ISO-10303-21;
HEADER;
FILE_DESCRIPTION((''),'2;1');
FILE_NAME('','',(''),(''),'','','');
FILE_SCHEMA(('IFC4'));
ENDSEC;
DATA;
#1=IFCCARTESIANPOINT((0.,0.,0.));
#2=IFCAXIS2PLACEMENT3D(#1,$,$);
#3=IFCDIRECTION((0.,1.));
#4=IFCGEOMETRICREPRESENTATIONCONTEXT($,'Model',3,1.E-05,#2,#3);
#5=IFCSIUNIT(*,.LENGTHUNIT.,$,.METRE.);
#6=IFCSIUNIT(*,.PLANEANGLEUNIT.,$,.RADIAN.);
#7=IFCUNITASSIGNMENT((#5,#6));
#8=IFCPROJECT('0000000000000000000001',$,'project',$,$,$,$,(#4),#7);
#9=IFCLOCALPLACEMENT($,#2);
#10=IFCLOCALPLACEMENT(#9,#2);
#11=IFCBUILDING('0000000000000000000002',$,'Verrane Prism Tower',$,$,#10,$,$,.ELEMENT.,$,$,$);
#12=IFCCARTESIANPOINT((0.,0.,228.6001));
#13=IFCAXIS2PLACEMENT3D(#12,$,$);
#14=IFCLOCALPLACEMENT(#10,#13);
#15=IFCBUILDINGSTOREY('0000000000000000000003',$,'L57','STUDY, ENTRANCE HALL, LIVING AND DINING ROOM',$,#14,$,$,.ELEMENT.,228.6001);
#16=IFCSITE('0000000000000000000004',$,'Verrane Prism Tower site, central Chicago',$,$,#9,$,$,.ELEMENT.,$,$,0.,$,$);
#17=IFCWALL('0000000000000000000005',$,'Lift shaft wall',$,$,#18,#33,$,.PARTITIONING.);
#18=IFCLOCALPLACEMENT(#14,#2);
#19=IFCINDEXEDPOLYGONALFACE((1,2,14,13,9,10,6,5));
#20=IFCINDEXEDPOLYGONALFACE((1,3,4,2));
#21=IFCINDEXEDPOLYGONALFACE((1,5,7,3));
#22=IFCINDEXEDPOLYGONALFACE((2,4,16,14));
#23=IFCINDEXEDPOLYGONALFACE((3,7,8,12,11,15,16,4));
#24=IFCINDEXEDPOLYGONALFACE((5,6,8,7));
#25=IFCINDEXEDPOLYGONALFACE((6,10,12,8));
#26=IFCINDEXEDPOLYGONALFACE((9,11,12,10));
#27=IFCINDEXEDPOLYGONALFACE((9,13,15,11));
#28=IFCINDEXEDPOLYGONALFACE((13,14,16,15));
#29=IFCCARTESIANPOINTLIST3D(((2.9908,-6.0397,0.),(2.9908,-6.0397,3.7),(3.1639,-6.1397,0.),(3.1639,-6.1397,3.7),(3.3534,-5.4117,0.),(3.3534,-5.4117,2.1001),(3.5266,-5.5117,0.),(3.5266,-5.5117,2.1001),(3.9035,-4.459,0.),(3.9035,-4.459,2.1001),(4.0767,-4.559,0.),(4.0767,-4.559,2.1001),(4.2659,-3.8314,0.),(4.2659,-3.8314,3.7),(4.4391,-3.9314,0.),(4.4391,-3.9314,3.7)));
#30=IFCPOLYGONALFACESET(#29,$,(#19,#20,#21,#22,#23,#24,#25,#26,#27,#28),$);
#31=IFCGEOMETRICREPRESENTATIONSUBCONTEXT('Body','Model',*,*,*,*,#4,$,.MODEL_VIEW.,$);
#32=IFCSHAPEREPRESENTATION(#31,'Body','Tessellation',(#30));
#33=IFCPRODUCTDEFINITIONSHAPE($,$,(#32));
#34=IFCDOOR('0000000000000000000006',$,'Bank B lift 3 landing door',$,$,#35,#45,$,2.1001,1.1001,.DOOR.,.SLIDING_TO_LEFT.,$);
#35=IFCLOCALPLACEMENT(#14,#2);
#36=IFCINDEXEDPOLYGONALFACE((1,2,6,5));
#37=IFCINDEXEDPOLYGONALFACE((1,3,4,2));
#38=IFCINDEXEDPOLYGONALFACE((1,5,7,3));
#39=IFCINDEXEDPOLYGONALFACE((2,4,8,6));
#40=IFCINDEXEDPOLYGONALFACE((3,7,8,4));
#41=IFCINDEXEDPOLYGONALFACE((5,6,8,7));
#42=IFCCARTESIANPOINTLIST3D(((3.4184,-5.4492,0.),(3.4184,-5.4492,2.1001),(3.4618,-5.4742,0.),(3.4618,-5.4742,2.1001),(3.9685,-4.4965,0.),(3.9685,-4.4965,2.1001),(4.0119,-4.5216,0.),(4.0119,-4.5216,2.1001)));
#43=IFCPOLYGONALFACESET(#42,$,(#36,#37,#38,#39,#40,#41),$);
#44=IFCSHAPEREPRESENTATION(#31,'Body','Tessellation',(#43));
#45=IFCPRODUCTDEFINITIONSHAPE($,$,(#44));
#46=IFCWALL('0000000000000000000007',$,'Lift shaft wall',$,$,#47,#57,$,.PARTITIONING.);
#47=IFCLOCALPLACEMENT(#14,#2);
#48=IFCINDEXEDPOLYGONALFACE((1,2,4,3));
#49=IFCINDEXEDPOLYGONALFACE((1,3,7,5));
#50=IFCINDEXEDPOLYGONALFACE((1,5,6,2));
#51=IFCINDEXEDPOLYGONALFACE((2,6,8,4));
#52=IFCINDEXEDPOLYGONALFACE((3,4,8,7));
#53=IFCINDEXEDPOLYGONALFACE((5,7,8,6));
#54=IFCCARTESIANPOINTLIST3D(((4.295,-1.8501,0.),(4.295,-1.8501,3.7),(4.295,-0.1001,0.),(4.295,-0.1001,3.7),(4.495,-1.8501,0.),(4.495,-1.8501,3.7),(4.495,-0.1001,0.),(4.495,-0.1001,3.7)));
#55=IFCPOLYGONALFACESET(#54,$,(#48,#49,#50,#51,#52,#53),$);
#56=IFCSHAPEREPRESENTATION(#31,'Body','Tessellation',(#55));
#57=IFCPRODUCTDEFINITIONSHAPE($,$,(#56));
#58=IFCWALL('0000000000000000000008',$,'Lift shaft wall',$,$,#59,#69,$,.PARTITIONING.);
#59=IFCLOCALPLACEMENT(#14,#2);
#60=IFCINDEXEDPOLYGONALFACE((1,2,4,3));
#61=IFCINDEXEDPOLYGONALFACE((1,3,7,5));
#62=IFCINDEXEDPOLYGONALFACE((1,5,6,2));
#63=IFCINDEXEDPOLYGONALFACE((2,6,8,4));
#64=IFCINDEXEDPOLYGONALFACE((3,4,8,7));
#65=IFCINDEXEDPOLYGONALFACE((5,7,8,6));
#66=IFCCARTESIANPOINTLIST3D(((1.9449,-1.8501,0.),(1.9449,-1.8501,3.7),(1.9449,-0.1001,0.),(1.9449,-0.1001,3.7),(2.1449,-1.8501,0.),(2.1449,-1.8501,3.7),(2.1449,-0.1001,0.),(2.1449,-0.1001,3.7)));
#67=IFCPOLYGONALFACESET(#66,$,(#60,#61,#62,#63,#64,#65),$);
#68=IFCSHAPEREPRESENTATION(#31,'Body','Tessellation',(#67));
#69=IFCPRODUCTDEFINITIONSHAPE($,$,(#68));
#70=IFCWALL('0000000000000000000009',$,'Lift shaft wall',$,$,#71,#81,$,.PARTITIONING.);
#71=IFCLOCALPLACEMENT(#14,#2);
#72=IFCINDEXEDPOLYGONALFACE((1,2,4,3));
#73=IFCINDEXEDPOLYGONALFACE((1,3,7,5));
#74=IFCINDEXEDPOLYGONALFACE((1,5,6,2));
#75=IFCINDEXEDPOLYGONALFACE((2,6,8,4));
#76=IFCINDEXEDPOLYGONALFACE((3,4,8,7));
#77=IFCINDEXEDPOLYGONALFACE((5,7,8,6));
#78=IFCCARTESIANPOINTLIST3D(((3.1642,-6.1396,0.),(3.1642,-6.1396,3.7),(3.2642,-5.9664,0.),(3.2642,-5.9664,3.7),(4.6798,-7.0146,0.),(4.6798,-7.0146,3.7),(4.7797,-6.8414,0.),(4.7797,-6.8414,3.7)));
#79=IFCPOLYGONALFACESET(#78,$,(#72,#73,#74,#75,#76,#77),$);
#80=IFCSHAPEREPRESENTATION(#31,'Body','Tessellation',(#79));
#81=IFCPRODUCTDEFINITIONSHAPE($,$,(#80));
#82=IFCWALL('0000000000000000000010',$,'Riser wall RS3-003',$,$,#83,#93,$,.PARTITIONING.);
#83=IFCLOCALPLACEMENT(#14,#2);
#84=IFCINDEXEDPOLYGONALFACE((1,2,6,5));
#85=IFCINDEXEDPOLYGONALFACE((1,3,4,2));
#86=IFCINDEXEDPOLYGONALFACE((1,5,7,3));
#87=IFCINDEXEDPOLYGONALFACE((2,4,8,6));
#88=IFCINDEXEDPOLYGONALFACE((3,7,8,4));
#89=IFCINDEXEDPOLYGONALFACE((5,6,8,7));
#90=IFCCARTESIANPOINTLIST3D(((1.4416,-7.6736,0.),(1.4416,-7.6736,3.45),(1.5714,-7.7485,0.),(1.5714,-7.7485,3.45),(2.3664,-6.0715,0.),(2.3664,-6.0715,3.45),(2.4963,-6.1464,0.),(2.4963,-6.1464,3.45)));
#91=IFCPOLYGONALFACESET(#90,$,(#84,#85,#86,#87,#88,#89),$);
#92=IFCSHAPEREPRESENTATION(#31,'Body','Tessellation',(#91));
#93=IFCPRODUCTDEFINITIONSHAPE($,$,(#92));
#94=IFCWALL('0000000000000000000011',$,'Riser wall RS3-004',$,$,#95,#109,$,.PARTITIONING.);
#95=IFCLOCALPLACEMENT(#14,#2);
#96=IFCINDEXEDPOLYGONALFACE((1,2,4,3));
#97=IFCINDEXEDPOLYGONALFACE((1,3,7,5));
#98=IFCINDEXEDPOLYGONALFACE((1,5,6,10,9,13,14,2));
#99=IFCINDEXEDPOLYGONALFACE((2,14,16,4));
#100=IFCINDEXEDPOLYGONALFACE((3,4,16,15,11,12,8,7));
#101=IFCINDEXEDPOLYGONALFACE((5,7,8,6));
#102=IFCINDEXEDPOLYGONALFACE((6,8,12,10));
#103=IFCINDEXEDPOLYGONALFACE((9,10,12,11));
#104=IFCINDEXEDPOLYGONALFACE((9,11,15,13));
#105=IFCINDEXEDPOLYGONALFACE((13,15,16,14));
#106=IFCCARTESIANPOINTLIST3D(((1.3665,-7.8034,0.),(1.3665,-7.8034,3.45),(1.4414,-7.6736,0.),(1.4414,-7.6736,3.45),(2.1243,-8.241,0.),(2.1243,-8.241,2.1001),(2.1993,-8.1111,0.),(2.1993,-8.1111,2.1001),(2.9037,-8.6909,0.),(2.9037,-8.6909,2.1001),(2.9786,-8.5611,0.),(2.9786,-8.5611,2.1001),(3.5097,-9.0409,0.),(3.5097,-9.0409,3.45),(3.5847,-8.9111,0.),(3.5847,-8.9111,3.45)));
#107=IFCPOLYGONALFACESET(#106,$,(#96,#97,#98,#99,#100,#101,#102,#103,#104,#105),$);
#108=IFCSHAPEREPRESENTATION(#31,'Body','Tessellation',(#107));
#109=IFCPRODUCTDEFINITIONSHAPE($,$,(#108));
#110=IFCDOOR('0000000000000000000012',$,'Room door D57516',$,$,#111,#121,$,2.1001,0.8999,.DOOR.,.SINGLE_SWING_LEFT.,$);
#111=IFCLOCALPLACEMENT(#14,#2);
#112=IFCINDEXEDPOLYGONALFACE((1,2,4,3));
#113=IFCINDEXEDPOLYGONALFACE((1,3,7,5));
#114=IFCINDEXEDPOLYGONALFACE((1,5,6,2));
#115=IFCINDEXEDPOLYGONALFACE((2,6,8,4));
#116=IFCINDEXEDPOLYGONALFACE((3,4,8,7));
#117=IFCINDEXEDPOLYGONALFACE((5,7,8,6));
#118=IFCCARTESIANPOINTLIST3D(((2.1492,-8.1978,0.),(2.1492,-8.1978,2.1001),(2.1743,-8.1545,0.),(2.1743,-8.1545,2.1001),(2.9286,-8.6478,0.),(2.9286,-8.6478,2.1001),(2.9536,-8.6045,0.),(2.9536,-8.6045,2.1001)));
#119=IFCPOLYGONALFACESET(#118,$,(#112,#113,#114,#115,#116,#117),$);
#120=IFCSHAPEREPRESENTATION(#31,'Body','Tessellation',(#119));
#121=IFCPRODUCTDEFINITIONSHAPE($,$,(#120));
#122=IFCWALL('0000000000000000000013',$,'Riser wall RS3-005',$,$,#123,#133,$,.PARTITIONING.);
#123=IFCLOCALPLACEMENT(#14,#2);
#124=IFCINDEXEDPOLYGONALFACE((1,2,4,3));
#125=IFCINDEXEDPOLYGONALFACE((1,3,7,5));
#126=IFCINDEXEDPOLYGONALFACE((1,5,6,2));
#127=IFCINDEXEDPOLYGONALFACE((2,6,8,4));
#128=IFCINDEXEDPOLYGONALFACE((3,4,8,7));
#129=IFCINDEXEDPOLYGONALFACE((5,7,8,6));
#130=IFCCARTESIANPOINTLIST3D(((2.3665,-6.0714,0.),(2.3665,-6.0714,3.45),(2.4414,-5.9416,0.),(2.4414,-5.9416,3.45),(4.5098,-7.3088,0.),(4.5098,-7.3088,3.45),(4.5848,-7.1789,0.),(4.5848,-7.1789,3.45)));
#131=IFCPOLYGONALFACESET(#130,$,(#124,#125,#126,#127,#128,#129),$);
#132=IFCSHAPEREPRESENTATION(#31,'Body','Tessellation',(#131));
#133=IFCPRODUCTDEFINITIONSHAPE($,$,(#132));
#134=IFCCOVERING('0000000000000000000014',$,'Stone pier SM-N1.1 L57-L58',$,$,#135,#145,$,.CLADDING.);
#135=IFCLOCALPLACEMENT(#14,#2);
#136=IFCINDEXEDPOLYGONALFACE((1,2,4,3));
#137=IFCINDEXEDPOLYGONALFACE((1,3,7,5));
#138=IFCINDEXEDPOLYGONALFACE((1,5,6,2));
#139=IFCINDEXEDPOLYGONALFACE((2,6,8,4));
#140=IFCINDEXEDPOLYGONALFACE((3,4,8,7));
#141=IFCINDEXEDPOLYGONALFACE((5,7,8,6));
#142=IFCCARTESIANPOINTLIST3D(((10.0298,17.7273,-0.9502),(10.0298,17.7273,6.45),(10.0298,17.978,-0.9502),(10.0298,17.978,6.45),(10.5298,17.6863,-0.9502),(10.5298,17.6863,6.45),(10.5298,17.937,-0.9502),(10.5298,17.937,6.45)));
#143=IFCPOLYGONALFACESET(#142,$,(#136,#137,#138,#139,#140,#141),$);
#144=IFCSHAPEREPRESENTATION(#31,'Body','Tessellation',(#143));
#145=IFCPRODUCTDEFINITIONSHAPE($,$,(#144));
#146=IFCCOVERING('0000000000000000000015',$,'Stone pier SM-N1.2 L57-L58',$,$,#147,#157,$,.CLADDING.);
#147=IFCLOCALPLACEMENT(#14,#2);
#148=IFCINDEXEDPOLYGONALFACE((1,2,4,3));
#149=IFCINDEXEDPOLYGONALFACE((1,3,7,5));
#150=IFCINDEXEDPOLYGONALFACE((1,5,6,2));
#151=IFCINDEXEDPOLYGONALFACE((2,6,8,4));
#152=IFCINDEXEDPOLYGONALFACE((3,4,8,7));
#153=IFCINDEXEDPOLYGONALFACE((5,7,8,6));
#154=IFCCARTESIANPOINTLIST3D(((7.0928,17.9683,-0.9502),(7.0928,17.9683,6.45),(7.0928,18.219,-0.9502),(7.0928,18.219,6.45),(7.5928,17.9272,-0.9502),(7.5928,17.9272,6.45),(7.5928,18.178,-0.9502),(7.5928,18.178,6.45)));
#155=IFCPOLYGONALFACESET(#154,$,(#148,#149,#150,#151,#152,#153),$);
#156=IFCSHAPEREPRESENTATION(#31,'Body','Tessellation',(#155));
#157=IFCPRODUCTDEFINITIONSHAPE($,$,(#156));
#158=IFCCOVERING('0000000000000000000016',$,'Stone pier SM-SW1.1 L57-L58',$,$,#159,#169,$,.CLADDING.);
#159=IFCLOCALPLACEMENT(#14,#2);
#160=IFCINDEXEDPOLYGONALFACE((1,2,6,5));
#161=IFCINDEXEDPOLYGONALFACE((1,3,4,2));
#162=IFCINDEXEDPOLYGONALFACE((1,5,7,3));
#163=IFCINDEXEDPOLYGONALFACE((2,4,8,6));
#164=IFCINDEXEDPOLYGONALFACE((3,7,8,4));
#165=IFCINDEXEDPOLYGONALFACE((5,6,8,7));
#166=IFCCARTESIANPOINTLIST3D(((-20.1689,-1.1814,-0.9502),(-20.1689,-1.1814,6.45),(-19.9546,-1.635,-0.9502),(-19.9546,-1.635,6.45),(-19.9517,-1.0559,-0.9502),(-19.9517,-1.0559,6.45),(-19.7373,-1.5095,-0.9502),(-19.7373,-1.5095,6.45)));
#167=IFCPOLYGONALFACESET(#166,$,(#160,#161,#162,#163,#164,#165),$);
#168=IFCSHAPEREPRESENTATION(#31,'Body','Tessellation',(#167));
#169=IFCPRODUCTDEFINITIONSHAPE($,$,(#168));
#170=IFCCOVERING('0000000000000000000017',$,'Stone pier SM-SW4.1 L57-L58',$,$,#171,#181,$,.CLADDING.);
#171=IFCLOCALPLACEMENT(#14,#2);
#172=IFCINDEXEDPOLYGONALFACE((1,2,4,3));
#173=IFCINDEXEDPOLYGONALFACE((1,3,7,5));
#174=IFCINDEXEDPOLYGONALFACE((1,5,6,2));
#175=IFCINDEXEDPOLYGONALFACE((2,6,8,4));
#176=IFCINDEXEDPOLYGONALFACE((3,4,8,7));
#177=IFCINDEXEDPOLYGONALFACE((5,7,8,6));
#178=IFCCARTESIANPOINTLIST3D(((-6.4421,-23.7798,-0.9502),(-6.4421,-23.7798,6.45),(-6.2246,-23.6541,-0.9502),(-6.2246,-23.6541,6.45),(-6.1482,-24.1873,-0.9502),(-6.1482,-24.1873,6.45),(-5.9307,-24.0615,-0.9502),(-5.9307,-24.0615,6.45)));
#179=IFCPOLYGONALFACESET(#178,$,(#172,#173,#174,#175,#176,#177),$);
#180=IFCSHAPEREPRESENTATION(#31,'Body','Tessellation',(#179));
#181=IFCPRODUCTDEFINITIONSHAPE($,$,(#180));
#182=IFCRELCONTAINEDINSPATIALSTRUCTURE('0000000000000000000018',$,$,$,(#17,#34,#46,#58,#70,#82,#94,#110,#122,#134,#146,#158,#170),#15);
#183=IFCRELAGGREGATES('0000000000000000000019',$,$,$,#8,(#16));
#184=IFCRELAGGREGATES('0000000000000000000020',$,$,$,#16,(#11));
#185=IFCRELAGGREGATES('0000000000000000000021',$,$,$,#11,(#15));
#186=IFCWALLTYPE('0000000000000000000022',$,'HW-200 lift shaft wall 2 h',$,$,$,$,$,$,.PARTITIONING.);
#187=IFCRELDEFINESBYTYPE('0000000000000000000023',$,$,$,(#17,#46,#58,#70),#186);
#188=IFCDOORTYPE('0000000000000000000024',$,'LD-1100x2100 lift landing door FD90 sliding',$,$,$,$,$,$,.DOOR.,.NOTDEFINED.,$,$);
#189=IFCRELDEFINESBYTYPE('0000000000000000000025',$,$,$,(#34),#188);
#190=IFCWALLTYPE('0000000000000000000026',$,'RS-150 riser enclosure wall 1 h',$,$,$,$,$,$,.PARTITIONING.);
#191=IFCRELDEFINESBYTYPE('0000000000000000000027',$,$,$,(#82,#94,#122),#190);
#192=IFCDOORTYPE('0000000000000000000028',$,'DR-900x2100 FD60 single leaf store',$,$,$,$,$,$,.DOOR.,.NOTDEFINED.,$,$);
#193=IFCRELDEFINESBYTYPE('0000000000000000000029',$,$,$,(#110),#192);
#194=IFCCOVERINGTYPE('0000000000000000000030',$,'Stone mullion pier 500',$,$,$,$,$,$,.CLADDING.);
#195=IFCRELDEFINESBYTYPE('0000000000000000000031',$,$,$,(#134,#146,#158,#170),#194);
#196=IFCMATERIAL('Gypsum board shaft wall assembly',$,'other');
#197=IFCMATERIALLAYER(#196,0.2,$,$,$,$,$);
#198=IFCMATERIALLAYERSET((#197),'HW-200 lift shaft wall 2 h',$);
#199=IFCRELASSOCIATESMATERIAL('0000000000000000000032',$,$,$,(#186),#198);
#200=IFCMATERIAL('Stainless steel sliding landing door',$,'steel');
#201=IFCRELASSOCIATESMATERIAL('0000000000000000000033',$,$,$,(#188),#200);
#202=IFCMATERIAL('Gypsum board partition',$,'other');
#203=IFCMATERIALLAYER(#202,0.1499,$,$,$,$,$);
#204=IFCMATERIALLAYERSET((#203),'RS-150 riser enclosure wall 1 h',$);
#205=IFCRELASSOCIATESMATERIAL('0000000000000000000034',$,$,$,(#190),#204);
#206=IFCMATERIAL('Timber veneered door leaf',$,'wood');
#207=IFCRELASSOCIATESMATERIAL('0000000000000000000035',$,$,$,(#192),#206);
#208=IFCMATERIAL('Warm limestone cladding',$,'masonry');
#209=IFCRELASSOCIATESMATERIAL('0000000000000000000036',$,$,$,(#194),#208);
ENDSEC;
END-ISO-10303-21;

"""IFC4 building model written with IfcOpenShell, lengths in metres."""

from ifc_helpers import new_model, si_unit, direction, frame, frame_2d, origin, place, context, subcontext, project, spatial, polyline, rectangle, outline, extrude, material, layer, layer_set, type_object, element, fill, save


model = new_model("IFC4")

# Units and contexts
model_context = context("Model", 3, precision=1e-05, world=origin(), true_north=direction((0.0, 1.0)))
body_context = subcontext(model_context, "Body", "Model", "MODEL_VIEW")
ifc_project = project(units=[si_unit("LENGTHUNIT", "METRE"), si_unit("PLANEANGLEUNIT", "RADIAN")], contexts=[model_context])

# Site, building, storey
site_placement = place(None, origin())
site = spatial("IfcSite", under=ifc_project, at=site_placement, Name="Verrane Prism Tower site, central Chicago", CompositionType="ELEMENT", RefElevation=0.0)
building_placement = place(site_placement, origin())
building = spatial("IfcBuilding", under=site, at=building_placement, Name="Verrane Prism Tower", CompositionType="ELEMENT")
storey_placement = place(building_placement, frame((0.0, 0.0, 228.6001)))
storey = spatial("IfcBuildingStorey", under=building, at=storey_placement, Name="L57", Description="STUDY, ENTRANCE HALL, LIVING AND DINING ROOM", CompositionType="ELEMENT", Elevation=228.6001)

# Wall, opening, door
ifc_material_1 = material(Name="Gypsum board shaft wall assembly", Category="other")
ifc_layer_1 = layer(ifc_material_1, 0.2)
ifc_layer_set_1 = layer_set([ifc_layer_1], Name="HW-200 lift shaft wall 2 h")
wall_type_1 = type_object("IfcWallType", Name="HW-200 lift shaft wall 2 h", PredefinedType="PARTITIONING", material=ifc_layer_set_1)
wall_1_placement = place(storey_placement, frame((3.0774, -6.0896, 0.0), z_axis=(0.0, 0.0, 1.0), x_axis=(0.500062, 0.865989, 0.0)))
wall_1 = element("IfcWall", 1, at=wall_1_placement, inside=storey, type_object=wall_type_1, Name="Lift shaft wall", PredefinedType="PARTITIONING", context=body_context, shape_type="SweptSolid", body=[
    extrude(rectangle(XDim=2.55, YDim=0.2, at=frame_2d((1.2749, 0.0))), origin(), (0.0, 0.0, 1.0), 3.7),
])
opening_1_placement = place(wall_1_placement, frame((0.7251, 0.0, 0.0)))
opening_1 = element("IfcOpeningElement", 2, at=opening_1_placement, cuts=wall_1, PredefinedType="OPENING", context=body_context, shape_type="SweptSolid", body=[
    extrude(rectangle(XDim=1.1001, YDim=2.1001, at=frame_2d((0.55, 1.05))), frame((0.0, 0.1099, 0.0), z_axis=(0.0, -1.0, 0.0), x_axis=(1.0, 0.0, 0.0)), (0.0, 0.0, 1.0), 0.22),
])
ifc_material_2 = material(Name="Stainless steel sliding landing door", Category="steel")
door_type_1 = type_object("IfcDoorType", Name="LD-1100x2100 lift landing door FD90 sliding", OperationType="NOTDEFINED", PredefinedType="DOOR", material=ifc_material_2)
door_1_placement = place(opening_1_placement, origin())
door_1 = element("IfcDoor", 3, at=door_1_placement, inside=storey, type_object=door_type_1, Name="Bank B lift 3 landing door", OperationType="SLIDING_TO_LEFT", OverallHeight=2.1001, OverallWidth=1.1001, PredefinedType="DOOR", context=body_context, shape_type="SweptSolid", body=[
    extrude(rectangle(XDim=1.1001, YDim=2.1001, at=frame_2d((0.55, 1.05))), frame((0.0, 0.0249, 0.0), z_axis=(0.0, -1.0, 0.0), x_axis=(1.0, 0.0, 0.0)), (0.0, 0.0, 1.0), 0.05),
])
fill(opening_1, door_1)

# Walls
for number, where, z_axis, x_axis, name in (
    (4, (4.395, -1.8501, 0.0), (0.0, 0.0, 1.0), (0.0, 1.0, 0.0), "Lift shaft wall"),
    (5, (2.0449, -1.8501, 0.0), (0.0, 0.0, 1.0), (0.0, 1.0, 0.0), "Lift shaft wall"),
    (6, (4.7297, -6.928, 0.0), (0.0, 0.0, 1.0), (-0.866037, 0.49998, 0.0), "Lift shaft wall"),
):
    element("IfcWall", number, at=place(storey_placement, frame(where, z_axis=z_axis, x_axis=x_axis)), inside=storey, type_object=wall_type_1, Name=name, PredefinedType="PARTITIONING", context=body_context, shape_type="SweptSolid", body=[
        extrude(rectangle(XDim=1.75, YDim=0.2, at=frame_2d((0.875, 0.0))), origin(), (0.0, 0.0, 1.0), 3.7),
    ])
ifc_material_3 = material(Name="Gypsum board partition", Category="other")
ifc_layer_2 = layer(ifc_material_3, 0.1499)
ifc_layer_set_2 = layer_set([ifc_layer_2], Name="RS-150 riser enclosure wall 1 h")
wall_type_2 = type_object("IfcWallType", Name="RS-150 riser enclosure wall 1 h", PredefinedType="PARTITIONING", material=ifc_layer_set_2)
wall_2_placement = place(storey_placement, frame((1.5066, -7.7109, 0.0), z_axis=(0.0, 0.0, 1.0), x_axis=(0.499943, 0.866058, 0.0)))
element("IfcWall", 7, at=wall_2_placement, inside=storey, type_object=wall_type_2, Name="Riser wall RS3-003", PredefinedType="PARTITIONING", context=body_context, shape_type="SweptSolid", body=[
    extrude(rectangle(XDim=1.8499, YDim=0.1499, at=frame_2d((0.9248, 0.0))), origin(), (0.0, 0.0, 1.0), 3.45),
])

# Wall, opening, door
wall_3_placement = place(storey_placement, frame((1.4041, -7.7385, 0.0), z_axis=(0.0, 0.0, 1.0), x_axis=(0.866007, -0.500033, 0.0)))
wall_3 = element("IfcWall", 8, at=wall_3_placement, inside=storey, type_object=wall_type_2, Name="Riser wall RS3-004", PredefinedType="PARTITIONING", context=body_context, shape_type="SweptSolid", body=[
    extrude(rectangle(XDim=2.4749, YDim=0.1499, at=frame_2d((1.2373, 0.0))), origin(), (0.0, 0.0, 1.0), 3.45),
])
opening_2_placement = place(wall_3_placement, frame((0.875, 0.0, 0.0)))
opening_2 = element("IfcOpeningElement", 9, at=opening_2_placement, cuts=wall_3, PredefinedType="OPENING", context=body_context, shape_type="SweptSolid", body=[
    extrude(rectangle(XDim=0.8999, YDim=2.1001, at=frame_2d((0.45, 1.05))), frame((0.0, 0.085, 0.0), z_axis=(0.0, -1.0, 0.0), x_axis=(1.0, 0.0, 0.0)), (0.0, 0.0, 1.0), 0.1699),
])
ifc_material_4 = material(Name="Timber veneered door leaf", Category="wood")
door_type_2 = type_object("IfcDoorType", Name="DR-900x2100 FD60 single leaf store", OperationType="NOTDEFINED", PredefinedType="DOOR", material=ifc_material_4)
door_2_placement = place(opening_2_placement, origin())
door_2 = element("IfcDoor", 10, at=door_2_placement, inside=storey, type_object=door_type_2, Name="Room door D57516", OperationType="SINGLE_SWING_LEFT", OverallHeight=2.1001, OverallWidth=0.8999, PredefinedType="DOOR", context=body_context, shape_type="SweptSolid", body=[
    extrude(rectangle(XDim=0.8999, YDim=2.1001, at=frame_2d((0.45, 1.05))), frame((0.0, 0.0249, 0.0), z_axis=(0.0, -1.0, 0.0), x_axis=(1.0, 0.0, 0.0)), (0.0, 0.0, 1.0), 0.05),
])
fill(opening_2, door_2)

# Wall
wall_4_placement = place(storey_placement, frame((2.4041, -6.0066, 0.0), z_axis=(0.0, 0.0, 1.0), x_axis=(0.866049, -0.499959, 0.0)))
element("IfcWall", 11, at=wall_4_placement, inside=storey, type_object=wall_type_2, Name="Riser wall RS3-005", PredefinedType="PARTITIONING", context=body_context, shape_type="SweptSolid", body=[
    extrude(rectangle(XDim=2.4749, YDim=0.1499, at=frame_2d((1.2373, 0.0))), origin(), (0.0, 0.0, 1.0), 3.45),
])

# Coverings
ifc_material_5 = material(Name="Warm limestone cladding", Category="masonry")
covering_type_1 = type_object("IfcCoveringType", Name="Stone mullion pier 500", PredefinedType="CLADDING", material=ifc_material_5)
covering_1_placement = place(storey_placement, frame((0.0, 0.0, -0.9502)))
element("IfcCovering", 12, at=covering_1_placement, inside=storey, type_object=covering_type_1, Name="Stone pier SM-N1.1 L57-L58", PredefinedType="CLADDING", context=body_context, shape_type="SweptSolid", body=[
    extrude(outline(polyline([(10.0298, 17.7273), (10.5298, 17.6863), (10.5298, 17.937), (10.0298, 17.978), (10.0298, 17.7273)])), origin(), (0.0, 0.0, 1.0), 7.4001),
])
covering_2_placement = place(storey_placement, frame((0.0, 0.0, -0.9502)))
element("IfcCovering", 13, at=covering_2_placement, inside=storey, type_object=covering_type_1, Name="Stone pier SM-N1.2 L57-L58", PredefinedType="CLADDING", context=body_context, shape_type="SweptSolid", body=[
    extrude(outline(polyline([(7.0928, 17.9683), (7.5928, 17.9272), (7.5928, 18.178), (7.0928, 18.219), (7.0928, 17.9683)])), origin(), (0.0, 0.0, 1.0), 7.4001),
])
covering_3_placement = place(storey_placement, frame((0.0, 0.0, -0.9502)))
element("IfcCovering", 14, at=covering_3_placement, inside=storey, type_object=covering_type_1, Name="Stone pier SM-SW1.1 L57-L58", PredefinedType="CLADDING", context=body_context, shape_type="SweptSolid", body=[
    extrude(outline(polyline([(-19.7373, -1.5095), (-19.9517, -1.0559), (-20.1689, -1.1814), (-19.9546, -1.635), (-19.7373, -1.5095)])), origin(), (0.0, 0.0, 1.0), 7.4001),
])
covering_4_placement = place(storey_placement, frame((0.0, 0.0, -0.9502)))
element("IfcCovering", 15, at=covering_4_placement, inside=storey, type_object=covering_type_1, Name="Stone pier SM-SW4.1 L57-L58", PredefinedType="CLADDING", context=body_context, shape_type="SweptSolid", body=[
    extrude(outline(polyline([(-5.9307, -24.0615), (-6.2246, -23.6541), (-6.4421, -23.7798), (-6.1482, -24.1873), (-5.9307, -24.0615)])), origin(), (0.0, 0.0, 1.0), 7.4001),
])

save(model, "model.ifc")
